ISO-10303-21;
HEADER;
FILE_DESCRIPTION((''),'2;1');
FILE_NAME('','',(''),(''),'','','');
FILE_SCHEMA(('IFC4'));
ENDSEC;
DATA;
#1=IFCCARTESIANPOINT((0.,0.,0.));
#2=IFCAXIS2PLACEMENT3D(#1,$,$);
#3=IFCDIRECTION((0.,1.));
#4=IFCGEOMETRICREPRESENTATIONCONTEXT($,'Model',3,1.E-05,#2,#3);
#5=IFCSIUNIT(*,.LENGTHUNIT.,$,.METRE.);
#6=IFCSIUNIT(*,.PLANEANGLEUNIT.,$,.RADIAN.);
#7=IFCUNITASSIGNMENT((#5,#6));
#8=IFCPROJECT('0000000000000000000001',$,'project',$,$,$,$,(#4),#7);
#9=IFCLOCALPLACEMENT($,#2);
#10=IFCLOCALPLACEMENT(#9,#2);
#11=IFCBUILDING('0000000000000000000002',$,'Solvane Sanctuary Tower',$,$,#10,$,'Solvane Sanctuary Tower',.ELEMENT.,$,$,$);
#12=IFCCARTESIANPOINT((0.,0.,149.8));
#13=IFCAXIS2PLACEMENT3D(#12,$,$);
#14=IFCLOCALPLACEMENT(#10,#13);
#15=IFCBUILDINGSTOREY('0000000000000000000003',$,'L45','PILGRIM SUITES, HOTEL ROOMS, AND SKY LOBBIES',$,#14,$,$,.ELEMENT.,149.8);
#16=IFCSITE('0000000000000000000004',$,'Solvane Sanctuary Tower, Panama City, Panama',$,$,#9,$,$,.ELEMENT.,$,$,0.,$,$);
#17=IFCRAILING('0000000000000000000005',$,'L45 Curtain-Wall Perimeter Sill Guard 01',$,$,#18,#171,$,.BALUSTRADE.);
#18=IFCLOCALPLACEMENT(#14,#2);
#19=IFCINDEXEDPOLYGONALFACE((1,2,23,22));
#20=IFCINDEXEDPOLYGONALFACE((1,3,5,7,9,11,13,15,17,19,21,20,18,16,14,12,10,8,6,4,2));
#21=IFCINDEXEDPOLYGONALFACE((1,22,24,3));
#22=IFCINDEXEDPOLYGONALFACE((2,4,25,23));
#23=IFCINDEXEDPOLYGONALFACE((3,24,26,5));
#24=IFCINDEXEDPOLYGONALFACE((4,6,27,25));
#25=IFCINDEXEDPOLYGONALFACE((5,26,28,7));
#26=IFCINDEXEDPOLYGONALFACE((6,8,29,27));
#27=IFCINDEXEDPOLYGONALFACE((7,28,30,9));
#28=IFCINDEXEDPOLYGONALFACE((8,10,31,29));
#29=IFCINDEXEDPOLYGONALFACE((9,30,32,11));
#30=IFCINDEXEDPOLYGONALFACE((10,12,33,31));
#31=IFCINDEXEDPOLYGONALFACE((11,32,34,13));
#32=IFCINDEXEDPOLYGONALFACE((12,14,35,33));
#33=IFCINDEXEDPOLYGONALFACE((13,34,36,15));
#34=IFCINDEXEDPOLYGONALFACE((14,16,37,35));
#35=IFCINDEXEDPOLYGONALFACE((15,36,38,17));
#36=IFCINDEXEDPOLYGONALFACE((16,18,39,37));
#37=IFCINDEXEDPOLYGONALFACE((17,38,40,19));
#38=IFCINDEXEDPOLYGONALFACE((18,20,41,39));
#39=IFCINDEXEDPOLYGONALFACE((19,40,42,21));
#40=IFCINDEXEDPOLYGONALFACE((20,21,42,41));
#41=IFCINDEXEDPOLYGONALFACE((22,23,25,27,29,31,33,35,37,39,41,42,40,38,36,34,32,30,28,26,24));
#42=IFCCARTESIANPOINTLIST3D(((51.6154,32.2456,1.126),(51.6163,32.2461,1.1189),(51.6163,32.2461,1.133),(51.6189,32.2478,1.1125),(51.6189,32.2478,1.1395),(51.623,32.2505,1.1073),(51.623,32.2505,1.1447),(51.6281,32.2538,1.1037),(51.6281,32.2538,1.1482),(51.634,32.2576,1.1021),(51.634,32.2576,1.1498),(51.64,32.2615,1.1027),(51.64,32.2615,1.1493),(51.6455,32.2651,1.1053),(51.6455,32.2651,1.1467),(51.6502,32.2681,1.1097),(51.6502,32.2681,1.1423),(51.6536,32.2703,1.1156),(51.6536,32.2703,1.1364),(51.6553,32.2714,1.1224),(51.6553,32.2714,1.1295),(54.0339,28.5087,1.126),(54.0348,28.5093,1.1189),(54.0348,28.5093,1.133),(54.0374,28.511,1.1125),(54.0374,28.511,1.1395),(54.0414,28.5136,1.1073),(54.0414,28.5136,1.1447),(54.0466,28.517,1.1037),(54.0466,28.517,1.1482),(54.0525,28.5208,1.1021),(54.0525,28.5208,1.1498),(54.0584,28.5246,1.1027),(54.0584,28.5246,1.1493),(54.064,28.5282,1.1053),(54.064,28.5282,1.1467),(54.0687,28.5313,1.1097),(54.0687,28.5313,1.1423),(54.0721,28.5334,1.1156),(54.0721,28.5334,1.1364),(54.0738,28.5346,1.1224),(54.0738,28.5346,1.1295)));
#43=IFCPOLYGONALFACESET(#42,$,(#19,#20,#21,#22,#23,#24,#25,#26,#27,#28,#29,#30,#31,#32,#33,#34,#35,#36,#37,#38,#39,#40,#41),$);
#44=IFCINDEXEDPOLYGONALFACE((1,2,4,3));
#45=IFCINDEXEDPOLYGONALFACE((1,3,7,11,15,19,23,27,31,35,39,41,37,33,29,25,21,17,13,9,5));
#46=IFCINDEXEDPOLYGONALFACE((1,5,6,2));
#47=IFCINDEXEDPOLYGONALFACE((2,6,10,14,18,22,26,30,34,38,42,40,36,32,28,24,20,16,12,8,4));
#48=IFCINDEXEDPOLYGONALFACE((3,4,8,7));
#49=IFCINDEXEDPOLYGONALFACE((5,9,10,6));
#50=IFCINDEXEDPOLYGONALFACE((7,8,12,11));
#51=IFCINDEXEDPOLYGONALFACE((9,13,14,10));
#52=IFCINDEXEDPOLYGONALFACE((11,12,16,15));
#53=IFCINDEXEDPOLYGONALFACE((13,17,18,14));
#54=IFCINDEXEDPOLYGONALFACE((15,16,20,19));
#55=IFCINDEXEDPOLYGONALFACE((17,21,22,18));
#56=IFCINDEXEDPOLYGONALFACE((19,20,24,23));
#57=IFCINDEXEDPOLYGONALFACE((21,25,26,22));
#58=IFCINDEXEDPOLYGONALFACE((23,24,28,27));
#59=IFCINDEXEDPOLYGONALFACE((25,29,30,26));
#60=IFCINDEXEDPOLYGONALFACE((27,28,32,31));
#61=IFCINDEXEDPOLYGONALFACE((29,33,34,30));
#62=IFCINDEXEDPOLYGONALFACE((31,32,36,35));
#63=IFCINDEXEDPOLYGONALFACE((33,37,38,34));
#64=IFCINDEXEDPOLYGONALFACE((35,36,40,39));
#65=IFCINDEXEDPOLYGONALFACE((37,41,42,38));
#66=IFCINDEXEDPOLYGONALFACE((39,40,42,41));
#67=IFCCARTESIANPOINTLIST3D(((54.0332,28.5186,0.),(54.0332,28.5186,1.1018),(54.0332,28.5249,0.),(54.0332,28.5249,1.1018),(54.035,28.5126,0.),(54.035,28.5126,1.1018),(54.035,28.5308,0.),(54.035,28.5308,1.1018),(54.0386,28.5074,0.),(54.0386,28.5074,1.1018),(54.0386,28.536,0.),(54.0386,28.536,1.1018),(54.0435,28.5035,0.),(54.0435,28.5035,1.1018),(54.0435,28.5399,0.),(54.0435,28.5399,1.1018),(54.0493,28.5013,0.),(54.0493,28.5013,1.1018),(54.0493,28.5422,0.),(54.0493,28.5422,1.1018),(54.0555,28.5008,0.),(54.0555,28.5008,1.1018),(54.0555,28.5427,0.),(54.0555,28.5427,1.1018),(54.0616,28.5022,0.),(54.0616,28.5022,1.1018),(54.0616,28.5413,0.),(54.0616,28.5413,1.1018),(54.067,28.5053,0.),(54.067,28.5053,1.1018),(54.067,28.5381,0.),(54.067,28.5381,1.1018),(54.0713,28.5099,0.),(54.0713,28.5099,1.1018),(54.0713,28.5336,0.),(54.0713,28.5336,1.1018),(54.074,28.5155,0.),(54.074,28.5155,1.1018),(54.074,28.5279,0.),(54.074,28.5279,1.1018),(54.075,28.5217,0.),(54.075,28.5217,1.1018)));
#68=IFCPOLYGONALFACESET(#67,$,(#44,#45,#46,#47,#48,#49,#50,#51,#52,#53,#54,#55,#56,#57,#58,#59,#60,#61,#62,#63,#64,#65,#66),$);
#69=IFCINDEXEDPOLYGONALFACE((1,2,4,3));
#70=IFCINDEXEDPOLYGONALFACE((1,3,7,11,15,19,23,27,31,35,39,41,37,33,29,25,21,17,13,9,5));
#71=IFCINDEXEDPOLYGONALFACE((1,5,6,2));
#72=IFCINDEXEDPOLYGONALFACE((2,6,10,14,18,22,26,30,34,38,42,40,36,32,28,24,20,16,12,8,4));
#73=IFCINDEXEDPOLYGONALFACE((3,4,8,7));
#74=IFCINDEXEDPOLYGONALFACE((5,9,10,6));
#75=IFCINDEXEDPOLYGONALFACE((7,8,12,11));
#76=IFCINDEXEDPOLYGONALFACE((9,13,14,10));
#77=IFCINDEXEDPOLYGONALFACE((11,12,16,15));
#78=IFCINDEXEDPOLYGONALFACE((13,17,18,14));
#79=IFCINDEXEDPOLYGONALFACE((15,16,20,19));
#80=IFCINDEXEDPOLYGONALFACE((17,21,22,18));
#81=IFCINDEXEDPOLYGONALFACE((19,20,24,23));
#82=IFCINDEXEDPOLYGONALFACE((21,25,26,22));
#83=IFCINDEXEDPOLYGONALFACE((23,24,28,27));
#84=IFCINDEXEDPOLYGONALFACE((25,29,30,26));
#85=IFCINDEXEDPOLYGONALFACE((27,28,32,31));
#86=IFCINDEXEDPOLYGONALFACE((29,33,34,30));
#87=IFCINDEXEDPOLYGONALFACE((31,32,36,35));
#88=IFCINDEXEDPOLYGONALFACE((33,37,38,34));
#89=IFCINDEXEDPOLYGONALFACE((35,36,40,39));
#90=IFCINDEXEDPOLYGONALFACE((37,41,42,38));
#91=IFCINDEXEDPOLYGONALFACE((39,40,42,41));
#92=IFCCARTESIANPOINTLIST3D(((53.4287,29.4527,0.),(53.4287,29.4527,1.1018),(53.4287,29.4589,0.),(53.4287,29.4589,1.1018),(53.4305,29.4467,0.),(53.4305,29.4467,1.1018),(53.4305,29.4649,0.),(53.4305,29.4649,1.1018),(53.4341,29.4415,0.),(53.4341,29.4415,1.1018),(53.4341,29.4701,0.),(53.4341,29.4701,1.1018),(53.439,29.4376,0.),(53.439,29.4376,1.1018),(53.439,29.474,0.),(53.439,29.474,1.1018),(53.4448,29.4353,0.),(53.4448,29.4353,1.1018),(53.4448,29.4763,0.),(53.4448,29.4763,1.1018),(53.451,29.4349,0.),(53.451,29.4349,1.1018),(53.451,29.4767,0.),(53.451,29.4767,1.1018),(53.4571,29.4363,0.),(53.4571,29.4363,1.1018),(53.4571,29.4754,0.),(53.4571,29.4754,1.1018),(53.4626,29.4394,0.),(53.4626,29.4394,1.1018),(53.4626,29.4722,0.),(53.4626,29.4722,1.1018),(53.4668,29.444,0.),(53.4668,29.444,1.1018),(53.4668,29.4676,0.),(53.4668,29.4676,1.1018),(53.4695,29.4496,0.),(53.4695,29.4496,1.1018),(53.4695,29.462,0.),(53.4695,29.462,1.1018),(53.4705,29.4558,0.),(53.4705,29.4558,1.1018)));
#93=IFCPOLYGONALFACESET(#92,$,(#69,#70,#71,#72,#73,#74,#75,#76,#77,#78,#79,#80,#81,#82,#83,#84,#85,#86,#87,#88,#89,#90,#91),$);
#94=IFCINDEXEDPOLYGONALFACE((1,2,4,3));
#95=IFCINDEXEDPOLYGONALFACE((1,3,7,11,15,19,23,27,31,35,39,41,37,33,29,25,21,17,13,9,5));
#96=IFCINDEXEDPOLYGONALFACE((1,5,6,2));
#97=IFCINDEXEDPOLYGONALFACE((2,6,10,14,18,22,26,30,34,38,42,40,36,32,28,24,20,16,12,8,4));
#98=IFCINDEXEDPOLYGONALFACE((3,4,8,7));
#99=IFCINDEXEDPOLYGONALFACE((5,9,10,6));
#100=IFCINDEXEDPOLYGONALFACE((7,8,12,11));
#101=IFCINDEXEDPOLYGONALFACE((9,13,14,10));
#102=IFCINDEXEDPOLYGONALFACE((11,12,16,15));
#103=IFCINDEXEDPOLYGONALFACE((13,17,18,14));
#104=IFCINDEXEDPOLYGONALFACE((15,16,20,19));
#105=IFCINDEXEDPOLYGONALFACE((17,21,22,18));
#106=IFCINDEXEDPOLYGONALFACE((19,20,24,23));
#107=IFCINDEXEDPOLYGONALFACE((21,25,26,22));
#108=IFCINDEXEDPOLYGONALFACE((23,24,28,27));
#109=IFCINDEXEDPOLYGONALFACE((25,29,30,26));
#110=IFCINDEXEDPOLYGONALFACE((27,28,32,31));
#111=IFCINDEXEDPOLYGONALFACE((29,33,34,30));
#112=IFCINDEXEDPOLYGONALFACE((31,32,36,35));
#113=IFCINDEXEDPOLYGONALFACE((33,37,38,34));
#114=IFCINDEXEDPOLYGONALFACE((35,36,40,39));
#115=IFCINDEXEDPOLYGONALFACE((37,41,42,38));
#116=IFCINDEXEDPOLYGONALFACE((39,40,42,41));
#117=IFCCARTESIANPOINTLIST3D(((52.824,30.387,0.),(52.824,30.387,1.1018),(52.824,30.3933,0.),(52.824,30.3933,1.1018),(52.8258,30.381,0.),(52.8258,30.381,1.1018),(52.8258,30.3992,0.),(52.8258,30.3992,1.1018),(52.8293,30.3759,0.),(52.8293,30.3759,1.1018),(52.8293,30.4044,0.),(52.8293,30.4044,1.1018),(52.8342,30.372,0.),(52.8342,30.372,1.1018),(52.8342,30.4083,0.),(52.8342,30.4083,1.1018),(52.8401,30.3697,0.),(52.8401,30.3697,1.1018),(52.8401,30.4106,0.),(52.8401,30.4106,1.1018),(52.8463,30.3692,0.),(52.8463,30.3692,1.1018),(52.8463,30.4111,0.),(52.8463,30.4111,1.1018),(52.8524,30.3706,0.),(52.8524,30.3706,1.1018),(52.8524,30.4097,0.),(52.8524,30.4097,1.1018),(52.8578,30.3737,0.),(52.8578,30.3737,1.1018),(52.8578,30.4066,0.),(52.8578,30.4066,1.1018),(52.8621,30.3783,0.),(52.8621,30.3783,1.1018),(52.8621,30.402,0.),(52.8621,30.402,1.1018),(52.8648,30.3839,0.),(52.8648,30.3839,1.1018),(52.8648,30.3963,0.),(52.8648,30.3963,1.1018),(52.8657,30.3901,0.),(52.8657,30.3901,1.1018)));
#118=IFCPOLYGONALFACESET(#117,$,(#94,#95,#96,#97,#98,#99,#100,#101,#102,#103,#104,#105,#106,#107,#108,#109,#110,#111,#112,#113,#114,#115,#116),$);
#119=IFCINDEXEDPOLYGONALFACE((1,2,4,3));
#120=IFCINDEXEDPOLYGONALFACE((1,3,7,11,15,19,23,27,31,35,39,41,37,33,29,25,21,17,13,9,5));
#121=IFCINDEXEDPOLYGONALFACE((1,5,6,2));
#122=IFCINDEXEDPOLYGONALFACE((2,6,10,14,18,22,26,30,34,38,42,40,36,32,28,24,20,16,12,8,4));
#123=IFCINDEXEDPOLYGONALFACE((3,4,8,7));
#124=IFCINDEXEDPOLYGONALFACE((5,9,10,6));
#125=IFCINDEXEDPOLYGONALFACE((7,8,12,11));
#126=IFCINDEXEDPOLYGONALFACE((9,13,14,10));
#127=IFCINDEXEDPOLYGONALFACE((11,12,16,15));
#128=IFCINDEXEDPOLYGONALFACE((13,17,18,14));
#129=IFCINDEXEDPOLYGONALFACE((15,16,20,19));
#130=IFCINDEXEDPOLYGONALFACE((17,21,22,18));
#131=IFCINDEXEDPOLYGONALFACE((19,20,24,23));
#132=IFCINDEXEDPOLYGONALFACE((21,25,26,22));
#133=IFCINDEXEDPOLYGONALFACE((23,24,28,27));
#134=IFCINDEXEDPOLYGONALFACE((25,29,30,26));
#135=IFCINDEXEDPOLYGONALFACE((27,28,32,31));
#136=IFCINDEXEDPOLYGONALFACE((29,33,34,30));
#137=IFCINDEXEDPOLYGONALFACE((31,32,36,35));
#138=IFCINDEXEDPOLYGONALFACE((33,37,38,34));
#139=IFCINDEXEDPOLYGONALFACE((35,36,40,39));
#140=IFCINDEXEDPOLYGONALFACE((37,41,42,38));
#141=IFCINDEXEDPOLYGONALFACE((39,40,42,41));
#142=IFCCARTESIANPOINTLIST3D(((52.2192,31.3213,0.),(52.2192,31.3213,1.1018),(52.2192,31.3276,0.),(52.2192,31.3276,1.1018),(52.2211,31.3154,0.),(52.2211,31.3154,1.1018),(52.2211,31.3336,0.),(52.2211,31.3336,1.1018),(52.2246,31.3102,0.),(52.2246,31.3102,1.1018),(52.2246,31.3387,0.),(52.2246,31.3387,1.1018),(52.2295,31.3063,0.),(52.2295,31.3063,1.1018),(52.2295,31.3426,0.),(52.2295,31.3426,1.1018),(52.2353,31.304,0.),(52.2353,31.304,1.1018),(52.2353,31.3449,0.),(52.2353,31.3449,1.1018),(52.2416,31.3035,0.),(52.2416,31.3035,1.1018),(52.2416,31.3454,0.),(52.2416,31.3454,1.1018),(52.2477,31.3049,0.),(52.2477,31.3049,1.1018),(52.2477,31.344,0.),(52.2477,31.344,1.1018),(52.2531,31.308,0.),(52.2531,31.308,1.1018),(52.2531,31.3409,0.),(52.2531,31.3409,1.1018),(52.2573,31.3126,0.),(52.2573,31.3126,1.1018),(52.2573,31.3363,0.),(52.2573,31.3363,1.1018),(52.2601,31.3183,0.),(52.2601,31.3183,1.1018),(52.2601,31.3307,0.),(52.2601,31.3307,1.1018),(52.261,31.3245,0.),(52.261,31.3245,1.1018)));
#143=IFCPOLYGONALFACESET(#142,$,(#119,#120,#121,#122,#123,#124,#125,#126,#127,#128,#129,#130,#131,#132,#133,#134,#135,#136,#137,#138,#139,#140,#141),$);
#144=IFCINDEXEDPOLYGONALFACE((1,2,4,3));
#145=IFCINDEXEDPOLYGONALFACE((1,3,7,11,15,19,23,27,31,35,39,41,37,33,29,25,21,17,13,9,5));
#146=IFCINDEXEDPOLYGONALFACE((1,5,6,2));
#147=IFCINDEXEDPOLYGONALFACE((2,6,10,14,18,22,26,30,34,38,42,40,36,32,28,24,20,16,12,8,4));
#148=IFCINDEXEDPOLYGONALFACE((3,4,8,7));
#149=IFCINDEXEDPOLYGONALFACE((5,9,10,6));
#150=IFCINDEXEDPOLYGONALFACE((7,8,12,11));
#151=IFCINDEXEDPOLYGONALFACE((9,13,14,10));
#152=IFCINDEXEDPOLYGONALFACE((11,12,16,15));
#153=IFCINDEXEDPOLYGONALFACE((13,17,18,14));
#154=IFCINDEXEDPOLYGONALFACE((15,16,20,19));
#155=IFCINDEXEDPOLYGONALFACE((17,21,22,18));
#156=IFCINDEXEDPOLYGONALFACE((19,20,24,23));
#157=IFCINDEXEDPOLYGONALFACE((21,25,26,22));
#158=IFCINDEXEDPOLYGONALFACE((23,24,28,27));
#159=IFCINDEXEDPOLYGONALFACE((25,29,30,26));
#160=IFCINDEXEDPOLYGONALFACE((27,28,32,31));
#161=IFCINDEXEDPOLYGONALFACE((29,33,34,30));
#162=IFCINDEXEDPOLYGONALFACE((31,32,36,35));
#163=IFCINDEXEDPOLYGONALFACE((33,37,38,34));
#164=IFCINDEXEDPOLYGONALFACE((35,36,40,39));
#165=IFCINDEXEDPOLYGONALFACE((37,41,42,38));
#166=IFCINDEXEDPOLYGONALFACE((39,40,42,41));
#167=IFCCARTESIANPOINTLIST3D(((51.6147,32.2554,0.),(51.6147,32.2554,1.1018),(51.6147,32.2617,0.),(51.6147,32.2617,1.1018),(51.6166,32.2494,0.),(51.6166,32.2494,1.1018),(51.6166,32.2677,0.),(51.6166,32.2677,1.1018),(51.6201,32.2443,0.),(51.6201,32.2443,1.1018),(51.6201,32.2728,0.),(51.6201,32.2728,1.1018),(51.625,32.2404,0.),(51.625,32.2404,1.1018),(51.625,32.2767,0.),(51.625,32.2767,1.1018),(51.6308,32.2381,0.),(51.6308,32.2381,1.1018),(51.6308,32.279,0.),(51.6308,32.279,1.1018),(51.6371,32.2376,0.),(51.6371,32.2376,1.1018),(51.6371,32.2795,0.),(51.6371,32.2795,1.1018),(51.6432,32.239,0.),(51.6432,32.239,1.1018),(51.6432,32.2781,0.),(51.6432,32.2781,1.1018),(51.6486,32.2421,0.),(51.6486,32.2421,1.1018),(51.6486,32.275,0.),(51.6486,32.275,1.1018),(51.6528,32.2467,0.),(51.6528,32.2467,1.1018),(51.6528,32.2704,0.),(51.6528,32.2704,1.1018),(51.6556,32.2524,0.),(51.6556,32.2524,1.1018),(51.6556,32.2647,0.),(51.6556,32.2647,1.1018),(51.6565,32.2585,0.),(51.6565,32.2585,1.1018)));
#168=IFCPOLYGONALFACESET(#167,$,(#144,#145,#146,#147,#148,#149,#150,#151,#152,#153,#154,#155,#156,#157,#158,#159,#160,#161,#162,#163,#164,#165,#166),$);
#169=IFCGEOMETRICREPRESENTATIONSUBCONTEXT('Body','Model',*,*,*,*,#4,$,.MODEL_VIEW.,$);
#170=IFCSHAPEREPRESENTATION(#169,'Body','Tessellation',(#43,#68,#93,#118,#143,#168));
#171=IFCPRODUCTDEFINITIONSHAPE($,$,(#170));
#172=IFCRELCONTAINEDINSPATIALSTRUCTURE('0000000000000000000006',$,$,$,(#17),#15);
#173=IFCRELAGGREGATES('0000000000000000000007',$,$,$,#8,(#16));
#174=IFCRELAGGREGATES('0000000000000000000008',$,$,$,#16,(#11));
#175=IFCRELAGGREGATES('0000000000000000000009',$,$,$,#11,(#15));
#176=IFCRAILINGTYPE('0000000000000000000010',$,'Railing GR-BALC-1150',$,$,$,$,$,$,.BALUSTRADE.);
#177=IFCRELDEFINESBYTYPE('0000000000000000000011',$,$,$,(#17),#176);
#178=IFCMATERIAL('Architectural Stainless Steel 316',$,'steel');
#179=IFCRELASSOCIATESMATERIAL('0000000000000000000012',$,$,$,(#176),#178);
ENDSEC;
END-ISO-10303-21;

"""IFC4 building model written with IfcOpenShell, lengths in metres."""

from ifc_helpers import new_model, si_unit, direction, frame, origin, origin_2d, place, context, subcontext, project, spatial, circle, extrude, material, type_object, element, save


model = new_model("IFC4")

# Units and contexts
model_context = context("Model", 3, precision=1e-05, world=origin(), true_north=direction((0.0, 1.0)))
body_context = subcontext(model_context, "Body", "Model", "MODEL_VIEW")
ifc_project = project(units=[si_unit("LENGTHUNIT", "METRE"), si_unit("PLANEANGLEUNIT", "RADIAN")], contexts=[model_context])

# Site, building, storey
site_placement = place(None, origin())
site = spatial("IfcSite", under=ifc_project, at=site_placement, Name="Solvane Sanctuary Tower, Panama City, Panama", CompositionType="ELEMENT", RefElevation=0.0)
building_placement = place(site_placement, origin())
building = spatial("IfcBuilding", under=site, at=building_placement, Name="Solvane Sanctuary Tower", LongName="Solvane Sanctuary Tower", CompositionType="ELEMENT")
storey_placement = place(building_placement, frame((0.0, 0.0, 149.8)))
storey = spatial("IfcBuildingStorey", under=building, at=storey_placement, Name="L45", Description="PILGRIM SUITES, HOTEL ROOMS, AND SKY LOBBIES", CompositionType="ELEMENT", Elevation=149.8)

# Shared definitions
ifc_material_1 = material(Name="Architectural Stainless Steel 316", Category="steel")

# Railing
railing_type = type_object("IfcRailingType", Name="Railing GR-BALC-1150", PredefinedType="BALUSTRADE", material=ifc_material_1)
railing_1_placement = place(storey_placement, frame((54.054, 28.5217, 0.0)))
element("IfcRailing", 1, at=railing_1_placement, inside=storey, type_object=railing_type, Name="L45 Curtain-Wall Perimeter Sill Guard 01", PredefinedType="BALUSTRADE", context=body_context, shape_type="SweptSolid", body=[
    extrude(circle(Radius=0.0239, at=origin_2d()), frame((0.0, 0.0, 1.126), z_axis=(-0.543333, 0.839517, 0.0), x_axis=(-0.839517, -0.543333, 0.0)), (0.0, 0.0, 1.0), 4.4512),
    extrude(circle(Radius=0.021, at=origin_2d()), origin(), (0.0, 0.0, 1.0), 1.1018),
    extrude(circle(Radius=0.021, at=origin_2d()), frame((-0.6045, 0.9341, 0.0)), (0.0, 0.0, 1.0), 1.1018),
    extrude(circle(Radius=0.021, at=origin_2d()), frame((-1.2092, 1.8684, 0.0)), (0.0, 0.0, 1.0), 1.1018),
    extrude(circle(Radius=0.021, at=origin_2d()), frame((-1.814, 2.8027, 0.0)), (0.0, 0.0, 1.0), 1.1018),
    extrude(circle(Radius=0.021, at=origin_2d()), frame((-2.4185, 3.7368, 0.0)), (0.0, 0.0, 1.0), 1.1018),
])

save(model, "model.ifc")
